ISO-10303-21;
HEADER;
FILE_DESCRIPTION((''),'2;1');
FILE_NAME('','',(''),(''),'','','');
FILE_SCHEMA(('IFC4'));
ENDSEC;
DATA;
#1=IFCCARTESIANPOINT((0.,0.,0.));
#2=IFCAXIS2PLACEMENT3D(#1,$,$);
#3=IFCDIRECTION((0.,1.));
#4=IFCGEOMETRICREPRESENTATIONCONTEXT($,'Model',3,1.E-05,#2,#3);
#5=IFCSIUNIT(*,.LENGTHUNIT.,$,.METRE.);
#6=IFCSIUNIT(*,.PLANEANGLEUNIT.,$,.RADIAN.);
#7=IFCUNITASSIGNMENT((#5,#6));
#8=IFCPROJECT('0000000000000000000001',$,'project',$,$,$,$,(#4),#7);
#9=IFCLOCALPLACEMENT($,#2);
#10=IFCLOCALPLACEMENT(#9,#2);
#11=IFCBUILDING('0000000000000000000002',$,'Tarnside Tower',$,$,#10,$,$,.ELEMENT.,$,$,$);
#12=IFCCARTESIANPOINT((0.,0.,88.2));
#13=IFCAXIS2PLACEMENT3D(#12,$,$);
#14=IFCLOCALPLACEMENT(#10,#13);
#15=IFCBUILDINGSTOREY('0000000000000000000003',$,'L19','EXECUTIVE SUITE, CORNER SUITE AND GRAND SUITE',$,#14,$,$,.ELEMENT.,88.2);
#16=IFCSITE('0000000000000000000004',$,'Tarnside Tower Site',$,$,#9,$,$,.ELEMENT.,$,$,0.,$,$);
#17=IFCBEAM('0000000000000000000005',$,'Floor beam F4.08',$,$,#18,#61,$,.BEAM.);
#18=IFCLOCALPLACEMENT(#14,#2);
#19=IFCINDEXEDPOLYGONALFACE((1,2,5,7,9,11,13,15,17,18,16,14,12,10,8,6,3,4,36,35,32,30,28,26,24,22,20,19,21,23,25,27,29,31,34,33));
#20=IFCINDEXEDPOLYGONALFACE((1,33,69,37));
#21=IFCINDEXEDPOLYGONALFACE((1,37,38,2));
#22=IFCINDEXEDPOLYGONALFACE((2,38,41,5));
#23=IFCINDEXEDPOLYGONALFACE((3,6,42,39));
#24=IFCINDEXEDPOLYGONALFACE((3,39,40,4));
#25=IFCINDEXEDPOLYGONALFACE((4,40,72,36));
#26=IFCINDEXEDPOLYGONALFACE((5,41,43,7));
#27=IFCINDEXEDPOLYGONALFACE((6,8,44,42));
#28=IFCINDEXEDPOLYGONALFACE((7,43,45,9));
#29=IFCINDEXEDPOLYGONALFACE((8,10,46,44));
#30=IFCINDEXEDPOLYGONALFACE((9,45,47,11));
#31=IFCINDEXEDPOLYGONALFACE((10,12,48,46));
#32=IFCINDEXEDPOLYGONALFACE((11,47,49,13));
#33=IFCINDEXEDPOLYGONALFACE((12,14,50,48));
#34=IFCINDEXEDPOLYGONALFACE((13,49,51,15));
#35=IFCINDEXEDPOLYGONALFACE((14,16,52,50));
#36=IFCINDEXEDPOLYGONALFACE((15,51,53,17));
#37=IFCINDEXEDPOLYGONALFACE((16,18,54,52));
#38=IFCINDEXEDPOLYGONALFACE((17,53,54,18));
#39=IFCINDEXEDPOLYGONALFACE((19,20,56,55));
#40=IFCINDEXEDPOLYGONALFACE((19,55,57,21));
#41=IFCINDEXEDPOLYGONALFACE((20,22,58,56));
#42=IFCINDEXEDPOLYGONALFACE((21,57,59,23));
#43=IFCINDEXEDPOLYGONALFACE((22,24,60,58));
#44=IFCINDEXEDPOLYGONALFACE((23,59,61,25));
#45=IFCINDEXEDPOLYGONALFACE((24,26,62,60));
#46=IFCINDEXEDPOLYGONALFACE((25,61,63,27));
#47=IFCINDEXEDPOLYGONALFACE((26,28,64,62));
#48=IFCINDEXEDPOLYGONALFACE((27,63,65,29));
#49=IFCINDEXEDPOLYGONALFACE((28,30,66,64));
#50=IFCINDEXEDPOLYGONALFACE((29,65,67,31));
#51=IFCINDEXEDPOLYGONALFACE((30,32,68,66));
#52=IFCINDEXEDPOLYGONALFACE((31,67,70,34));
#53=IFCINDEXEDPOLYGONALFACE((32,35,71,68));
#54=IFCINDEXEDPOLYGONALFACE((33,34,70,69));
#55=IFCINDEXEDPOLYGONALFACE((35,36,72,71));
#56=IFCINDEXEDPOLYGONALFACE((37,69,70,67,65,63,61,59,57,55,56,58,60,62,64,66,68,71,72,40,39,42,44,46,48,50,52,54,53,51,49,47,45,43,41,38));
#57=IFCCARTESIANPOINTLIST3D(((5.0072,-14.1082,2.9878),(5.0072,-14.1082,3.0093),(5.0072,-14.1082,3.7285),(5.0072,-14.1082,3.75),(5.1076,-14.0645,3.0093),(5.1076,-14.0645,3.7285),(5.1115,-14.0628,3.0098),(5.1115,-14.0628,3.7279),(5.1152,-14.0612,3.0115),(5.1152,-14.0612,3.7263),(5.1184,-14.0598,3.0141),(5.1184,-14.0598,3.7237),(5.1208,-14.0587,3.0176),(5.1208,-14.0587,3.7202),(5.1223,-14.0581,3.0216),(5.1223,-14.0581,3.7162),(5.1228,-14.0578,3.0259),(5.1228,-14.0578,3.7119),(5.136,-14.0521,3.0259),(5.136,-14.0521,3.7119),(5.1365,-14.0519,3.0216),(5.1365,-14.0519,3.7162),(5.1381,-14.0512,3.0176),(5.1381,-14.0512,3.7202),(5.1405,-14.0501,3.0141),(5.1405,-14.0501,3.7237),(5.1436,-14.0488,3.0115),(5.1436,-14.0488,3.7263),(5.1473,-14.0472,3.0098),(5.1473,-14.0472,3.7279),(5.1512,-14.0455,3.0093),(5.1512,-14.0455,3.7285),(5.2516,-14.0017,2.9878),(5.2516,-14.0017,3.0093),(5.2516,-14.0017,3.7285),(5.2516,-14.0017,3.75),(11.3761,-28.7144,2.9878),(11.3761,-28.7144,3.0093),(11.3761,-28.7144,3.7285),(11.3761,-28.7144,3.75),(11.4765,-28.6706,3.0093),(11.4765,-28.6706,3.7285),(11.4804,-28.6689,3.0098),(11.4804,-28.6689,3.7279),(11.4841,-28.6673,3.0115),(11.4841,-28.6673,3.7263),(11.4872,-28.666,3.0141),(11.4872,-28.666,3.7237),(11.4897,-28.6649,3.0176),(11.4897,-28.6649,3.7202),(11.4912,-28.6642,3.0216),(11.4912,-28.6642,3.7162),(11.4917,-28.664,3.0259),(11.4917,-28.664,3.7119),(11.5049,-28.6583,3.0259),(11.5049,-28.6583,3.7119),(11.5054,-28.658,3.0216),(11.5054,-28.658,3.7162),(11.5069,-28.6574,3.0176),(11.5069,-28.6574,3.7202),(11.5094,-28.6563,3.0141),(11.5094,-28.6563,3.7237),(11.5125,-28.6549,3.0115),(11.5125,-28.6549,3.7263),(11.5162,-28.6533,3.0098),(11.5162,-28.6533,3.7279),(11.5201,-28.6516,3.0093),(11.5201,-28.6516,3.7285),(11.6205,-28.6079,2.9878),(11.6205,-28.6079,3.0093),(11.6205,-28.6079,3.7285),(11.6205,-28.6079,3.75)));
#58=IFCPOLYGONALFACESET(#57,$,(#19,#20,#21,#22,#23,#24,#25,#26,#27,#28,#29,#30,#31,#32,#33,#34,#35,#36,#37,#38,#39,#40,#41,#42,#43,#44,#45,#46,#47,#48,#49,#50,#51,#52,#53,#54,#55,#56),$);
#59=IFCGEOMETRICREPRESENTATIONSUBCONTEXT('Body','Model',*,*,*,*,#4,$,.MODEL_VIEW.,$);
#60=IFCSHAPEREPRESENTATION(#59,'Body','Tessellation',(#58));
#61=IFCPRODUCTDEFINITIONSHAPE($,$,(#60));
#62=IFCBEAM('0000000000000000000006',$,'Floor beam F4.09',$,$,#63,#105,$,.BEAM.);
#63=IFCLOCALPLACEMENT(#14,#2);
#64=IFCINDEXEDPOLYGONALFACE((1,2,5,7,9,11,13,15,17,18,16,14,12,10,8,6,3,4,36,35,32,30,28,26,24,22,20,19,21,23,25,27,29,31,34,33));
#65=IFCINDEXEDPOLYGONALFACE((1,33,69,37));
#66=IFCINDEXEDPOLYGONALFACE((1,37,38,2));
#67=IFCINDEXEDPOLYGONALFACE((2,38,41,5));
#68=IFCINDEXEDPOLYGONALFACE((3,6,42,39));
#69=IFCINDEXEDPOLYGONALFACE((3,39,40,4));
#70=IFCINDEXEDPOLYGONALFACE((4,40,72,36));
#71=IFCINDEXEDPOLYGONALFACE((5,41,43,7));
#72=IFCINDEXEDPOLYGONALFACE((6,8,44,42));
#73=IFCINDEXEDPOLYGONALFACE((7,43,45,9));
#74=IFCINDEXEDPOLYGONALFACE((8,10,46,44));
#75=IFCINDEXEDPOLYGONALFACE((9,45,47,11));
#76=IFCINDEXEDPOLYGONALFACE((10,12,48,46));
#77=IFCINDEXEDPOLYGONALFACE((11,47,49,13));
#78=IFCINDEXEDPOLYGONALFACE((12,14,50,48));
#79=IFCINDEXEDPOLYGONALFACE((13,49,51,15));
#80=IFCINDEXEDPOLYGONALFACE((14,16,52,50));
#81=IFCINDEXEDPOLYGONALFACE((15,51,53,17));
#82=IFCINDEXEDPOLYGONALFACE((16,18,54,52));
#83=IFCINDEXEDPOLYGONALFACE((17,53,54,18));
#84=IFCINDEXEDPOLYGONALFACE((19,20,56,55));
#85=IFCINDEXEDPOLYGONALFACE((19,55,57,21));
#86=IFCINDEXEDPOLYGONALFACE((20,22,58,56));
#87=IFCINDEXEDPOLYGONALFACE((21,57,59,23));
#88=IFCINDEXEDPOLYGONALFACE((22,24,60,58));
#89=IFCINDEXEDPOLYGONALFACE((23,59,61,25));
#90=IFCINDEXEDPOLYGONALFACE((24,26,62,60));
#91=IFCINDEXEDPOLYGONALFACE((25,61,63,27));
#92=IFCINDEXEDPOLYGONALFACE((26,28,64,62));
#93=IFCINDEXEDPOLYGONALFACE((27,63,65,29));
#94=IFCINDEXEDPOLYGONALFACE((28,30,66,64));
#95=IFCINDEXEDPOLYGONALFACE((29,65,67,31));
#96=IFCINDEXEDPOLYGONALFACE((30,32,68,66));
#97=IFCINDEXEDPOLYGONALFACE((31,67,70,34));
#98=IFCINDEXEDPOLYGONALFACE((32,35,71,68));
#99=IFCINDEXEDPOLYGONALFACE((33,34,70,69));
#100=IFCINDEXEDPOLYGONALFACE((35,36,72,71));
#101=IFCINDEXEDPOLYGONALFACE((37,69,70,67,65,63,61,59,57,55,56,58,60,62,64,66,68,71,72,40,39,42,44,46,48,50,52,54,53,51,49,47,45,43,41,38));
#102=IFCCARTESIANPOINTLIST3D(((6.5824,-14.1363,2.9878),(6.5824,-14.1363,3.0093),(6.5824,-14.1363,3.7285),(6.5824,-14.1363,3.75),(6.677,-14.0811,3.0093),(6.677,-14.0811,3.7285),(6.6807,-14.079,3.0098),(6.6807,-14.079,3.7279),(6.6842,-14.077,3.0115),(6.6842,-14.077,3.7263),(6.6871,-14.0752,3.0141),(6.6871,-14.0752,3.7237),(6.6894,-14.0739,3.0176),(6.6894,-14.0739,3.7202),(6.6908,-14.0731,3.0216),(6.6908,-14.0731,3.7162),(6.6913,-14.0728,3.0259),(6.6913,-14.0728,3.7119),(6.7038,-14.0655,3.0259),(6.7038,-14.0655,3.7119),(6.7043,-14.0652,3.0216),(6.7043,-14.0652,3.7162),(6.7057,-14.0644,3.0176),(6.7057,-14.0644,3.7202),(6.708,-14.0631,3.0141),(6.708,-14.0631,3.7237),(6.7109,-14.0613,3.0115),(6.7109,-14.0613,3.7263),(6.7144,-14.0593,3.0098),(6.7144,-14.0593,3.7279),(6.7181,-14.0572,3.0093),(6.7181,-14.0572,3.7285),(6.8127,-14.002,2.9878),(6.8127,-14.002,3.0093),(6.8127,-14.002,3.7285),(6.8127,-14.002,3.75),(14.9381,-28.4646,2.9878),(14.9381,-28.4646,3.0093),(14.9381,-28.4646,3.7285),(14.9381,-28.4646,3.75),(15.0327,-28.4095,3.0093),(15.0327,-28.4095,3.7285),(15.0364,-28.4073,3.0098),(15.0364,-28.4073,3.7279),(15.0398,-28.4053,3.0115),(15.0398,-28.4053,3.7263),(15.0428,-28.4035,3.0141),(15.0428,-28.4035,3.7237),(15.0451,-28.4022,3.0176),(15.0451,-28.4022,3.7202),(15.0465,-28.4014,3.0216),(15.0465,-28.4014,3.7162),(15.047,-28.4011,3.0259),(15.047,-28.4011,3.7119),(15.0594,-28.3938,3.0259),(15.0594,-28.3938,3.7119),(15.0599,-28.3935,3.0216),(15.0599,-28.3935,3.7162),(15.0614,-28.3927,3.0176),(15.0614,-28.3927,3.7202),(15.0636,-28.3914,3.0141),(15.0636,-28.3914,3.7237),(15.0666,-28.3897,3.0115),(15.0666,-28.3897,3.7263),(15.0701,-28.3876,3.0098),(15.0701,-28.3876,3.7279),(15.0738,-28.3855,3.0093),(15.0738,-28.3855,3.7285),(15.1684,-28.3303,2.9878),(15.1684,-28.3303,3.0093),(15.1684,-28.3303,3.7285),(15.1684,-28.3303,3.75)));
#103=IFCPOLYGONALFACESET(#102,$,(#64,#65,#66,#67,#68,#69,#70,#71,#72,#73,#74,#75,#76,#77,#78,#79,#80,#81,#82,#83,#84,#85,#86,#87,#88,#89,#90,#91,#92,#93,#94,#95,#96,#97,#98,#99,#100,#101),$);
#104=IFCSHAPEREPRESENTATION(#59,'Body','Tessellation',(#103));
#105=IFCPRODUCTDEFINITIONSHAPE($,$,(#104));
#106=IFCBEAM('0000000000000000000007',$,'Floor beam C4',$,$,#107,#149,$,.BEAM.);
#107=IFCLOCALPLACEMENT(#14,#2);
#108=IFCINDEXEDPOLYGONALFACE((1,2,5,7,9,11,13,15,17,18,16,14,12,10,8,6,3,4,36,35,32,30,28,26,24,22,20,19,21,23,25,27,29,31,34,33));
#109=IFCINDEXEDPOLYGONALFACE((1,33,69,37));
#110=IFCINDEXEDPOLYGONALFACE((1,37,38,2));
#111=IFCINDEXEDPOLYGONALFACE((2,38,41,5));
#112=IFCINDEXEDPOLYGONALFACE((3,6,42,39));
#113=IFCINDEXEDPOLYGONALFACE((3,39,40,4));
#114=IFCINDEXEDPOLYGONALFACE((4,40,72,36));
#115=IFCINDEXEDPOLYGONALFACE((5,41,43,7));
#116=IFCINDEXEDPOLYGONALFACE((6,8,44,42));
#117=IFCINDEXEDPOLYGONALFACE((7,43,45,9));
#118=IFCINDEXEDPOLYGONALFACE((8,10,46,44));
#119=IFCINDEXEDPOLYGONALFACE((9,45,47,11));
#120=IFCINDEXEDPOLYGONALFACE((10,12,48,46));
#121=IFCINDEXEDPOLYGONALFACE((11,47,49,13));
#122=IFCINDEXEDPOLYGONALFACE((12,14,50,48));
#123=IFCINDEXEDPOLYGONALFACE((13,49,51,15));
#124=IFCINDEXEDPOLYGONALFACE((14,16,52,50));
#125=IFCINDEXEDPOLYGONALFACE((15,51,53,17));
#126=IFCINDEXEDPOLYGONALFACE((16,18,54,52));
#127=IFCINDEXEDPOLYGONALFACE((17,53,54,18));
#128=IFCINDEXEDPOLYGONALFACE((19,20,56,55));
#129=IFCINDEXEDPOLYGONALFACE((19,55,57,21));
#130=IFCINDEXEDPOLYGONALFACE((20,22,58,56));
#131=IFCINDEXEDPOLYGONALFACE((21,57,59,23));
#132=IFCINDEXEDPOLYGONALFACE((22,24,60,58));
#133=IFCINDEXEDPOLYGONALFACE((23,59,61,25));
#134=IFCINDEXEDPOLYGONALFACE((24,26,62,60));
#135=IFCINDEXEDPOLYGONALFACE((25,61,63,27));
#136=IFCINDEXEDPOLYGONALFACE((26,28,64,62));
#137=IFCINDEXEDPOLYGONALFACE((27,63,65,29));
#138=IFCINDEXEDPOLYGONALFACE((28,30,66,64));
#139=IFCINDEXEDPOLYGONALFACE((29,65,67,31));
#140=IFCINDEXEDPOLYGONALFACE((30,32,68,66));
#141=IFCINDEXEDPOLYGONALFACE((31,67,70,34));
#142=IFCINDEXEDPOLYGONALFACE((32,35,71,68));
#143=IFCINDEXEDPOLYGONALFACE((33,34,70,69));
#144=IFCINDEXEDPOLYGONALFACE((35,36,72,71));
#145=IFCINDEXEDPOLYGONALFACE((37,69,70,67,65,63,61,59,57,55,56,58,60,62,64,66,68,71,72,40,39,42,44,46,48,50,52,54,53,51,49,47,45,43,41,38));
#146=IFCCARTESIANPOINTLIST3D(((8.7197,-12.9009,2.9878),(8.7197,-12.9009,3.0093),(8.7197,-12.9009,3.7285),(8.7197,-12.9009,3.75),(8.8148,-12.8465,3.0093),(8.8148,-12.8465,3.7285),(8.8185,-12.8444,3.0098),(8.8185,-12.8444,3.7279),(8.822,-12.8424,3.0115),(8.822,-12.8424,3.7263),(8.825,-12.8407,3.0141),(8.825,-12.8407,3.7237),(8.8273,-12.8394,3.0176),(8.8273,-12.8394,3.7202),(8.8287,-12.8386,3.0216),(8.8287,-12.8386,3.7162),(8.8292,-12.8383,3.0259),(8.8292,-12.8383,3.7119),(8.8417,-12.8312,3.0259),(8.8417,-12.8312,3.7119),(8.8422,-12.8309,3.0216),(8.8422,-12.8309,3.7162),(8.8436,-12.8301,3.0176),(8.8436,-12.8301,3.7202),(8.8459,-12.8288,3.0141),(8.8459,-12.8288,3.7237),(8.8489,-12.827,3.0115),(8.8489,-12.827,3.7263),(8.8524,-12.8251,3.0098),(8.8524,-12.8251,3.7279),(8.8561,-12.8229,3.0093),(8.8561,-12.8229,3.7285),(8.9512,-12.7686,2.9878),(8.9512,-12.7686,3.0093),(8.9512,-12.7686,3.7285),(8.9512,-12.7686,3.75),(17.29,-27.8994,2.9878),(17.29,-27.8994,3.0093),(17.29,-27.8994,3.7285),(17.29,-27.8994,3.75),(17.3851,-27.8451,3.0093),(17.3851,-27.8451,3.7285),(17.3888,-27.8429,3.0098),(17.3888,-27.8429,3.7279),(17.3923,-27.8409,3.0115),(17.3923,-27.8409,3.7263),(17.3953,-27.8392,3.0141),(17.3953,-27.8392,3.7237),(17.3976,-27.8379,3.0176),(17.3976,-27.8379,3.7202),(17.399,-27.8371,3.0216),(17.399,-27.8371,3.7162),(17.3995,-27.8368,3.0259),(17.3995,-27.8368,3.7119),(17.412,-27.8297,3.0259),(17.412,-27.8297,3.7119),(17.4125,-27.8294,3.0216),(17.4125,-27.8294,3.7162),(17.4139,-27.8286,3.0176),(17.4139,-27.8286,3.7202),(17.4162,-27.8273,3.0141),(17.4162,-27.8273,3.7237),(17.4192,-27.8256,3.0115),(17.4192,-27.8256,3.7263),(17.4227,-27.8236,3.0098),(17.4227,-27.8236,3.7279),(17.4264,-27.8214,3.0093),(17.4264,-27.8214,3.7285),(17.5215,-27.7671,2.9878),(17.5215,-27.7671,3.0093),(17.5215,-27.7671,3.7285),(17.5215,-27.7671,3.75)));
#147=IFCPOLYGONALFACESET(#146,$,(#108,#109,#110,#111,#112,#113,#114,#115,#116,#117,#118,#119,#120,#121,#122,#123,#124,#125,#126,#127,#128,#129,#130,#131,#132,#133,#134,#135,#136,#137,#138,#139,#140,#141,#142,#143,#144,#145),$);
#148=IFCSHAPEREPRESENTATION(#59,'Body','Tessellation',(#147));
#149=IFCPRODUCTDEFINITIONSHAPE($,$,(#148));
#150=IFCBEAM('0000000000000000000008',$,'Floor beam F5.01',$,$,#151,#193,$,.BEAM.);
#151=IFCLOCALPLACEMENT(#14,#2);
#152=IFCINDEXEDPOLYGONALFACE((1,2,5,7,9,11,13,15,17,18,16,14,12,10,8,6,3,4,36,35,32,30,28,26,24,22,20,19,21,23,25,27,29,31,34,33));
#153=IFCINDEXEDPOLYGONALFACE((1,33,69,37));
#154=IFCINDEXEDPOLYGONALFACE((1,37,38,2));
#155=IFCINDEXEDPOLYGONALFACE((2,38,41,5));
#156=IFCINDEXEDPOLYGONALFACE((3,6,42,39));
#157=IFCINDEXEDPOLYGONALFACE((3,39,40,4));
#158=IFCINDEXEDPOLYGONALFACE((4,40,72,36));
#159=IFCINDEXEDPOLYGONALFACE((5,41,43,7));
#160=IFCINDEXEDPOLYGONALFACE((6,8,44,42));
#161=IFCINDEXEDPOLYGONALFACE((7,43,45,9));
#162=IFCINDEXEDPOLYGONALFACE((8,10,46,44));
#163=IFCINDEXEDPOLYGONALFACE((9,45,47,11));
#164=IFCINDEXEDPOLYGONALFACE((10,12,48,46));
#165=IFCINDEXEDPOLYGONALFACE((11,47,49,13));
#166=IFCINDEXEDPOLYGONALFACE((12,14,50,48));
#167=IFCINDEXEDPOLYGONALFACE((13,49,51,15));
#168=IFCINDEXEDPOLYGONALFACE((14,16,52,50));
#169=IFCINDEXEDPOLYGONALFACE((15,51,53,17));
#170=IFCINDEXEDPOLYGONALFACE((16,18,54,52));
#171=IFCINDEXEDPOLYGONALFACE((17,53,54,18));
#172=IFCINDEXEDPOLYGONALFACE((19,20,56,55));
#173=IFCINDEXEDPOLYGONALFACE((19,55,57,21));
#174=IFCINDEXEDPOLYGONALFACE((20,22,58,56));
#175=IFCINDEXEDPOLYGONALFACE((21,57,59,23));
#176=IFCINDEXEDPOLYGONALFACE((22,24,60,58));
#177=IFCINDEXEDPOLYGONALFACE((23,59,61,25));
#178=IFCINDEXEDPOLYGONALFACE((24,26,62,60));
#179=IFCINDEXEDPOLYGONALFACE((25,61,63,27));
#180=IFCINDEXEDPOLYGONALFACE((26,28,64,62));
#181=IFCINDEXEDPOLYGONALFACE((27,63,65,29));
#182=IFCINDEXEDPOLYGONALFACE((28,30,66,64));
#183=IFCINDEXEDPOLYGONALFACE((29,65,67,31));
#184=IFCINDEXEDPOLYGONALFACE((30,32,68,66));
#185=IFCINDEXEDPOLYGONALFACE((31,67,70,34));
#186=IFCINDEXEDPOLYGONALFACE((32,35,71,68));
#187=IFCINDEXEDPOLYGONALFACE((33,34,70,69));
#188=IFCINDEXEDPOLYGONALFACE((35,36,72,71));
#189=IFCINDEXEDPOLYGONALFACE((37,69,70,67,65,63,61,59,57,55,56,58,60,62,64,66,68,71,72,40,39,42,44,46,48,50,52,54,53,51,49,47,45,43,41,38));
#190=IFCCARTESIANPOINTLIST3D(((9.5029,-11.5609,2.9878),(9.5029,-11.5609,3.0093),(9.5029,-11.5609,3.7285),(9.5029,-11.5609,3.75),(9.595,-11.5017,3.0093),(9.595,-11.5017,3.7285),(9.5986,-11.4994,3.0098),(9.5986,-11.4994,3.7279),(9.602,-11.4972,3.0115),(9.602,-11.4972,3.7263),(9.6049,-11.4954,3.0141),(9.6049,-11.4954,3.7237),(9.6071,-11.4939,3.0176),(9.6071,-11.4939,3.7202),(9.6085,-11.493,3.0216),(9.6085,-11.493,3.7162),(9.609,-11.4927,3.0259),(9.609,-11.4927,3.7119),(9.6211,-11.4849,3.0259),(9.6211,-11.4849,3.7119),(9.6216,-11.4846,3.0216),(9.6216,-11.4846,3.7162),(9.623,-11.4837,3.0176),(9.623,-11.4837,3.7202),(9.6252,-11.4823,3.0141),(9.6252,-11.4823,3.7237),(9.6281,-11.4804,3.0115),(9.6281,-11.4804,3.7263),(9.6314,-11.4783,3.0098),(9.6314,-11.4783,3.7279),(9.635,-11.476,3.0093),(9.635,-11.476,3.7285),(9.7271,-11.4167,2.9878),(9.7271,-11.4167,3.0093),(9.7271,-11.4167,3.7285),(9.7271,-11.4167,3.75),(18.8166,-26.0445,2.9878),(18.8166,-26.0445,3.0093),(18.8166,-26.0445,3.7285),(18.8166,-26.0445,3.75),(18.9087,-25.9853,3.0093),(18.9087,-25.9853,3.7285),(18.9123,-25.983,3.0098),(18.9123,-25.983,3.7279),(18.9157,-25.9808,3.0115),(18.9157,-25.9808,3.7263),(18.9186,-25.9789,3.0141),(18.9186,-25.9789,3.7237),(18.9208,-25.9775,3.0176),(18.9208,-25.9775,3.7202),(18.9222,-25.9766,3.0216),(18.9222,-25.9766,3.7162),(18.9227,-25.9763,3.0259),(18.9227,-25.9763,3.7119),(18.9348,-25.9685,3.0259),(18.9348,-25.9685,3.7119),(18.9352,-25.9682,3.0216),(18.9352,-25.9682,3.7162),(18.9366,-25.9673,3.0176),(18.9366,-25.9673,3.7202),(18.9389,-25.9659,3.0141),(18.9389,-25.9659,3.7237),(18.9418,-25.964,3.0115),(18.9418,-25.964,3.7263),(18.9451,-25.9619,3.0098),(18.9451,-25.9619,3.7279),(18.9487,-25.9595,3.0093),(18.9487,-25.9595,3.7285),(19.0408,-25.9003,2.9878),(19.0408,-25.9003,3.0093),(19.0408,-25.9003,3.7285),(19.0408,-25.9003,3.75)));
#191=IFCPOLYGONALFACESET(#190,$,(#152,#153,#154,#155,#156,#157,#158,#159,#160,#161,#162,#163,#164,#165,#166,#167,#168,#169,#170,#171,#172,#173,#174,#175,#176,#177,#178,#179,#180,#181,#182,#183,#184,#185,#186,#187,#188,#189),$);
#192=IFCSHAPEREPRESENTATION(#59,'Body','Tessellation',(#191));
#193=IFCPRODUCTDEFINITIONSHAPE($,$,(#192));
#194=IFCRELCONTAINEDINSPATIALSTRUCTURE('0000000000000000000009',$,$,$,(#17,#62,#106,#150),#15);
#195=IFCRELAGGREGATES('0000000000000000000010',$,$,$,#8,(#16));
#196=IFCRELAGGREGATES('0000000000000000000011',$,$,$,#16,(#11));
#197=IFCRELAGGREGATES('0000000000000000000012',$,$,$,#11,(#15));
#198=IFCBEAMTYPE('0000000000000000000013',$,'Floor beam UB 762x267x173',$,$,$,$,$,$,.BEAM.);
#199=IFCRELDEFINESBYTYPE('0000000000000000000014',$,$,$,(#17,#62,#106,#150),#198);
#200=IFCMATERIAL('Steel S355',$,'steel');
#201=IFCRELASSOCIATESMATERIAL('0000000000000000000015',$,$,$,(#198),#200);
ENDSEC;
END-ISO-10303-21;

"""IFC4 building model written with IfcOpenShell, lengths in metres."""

from ifc_helpers import new_model, si_unit, direction, frame, origin, origin_2d, place, context, subcontext, project, spatial, i_section, extrude, material, material_profile, profile_set, type_object, element, save


model = new_model("IFC4")

# Units and contexts
model_context = context("Model", 3, precision=1e-05, world=origin(), true_north=direction((0.0, 1.0)))
body_context = subcontext(model_context, "Body", "Model", "MODEL_VIEW")
ifc_project = project(units=[si_unit("LENGTHUNIT", "METRE"), si_unit("PLANEANGLEUNIT", "RADIAN")], contexts=[model_context])

# Site, building, storey
site_placement = place(None, origin())
site = spatial("IfcSite", under=ifc_project, at=site_placement, Name="Tarnside Tower Site", CompositionType="ELEMENT", RefElevation=0.0)
building_placement = place(site_placement, origin())
building = spatial("IfcBuilding", under=site, at=building_placement, Name="Tarnside Tower", CompositionType="ELEMENT")
storey_placement = place(building_placement, frame((0.0, 0.0, 88.2)))
storey = spatial("IfcBuildingStorey", under=building, at=storey_placement, Name="L19", Description="EXECUTIVE SUITE, CORNER SUITE AND GRAND SUITE", CompositionType="ELEMENT", Elevation=88.2)

# Beams
ifc_material_1 = material(Name="Steel S355", Category="steel")
ifc_material_profile = material_profile(ifc_material_1, i_section(OverallWidth=0.2666, OverallDepth=0.7622, WebThickness=0.0144, FlangeThickness=0.0215, FilletRadius=0.0166, at=origin_2d()), Name="UB 762x267x173")
ifc_profile_set = profile_set([ifc_material_profile], Name="Steel S355")
beam_type = type_object("IfcBeamType", Name="Floor beam UB 762x267x173", PredefinedType="BEAM", material=ifc_profile_set)
beam_1_placement = place(storey_placement, frame((11.4983, -28.6611, 3.3689), z_axis=(-0.399696, 0.916648, 0.0), x_axis=(-0.916648, -0.399696, 0.0)))
element("IfcBeam", 1, at=beam_1_placement, inside=storey, type_object=beam_type, Name="Floor beam F4.08", PredefinedType="BEAM", context=body_context, shape_type="SweptSolid", body=[
    extrude(i_section(OverallWidth=0.2666, OverallDepth=0.7622, WebThickness=0.0144, FlangeThickness=0.0215, FilletRadius=0.0166, at=origin_2d()), origin(), (0.0, 0.0, 1.0), 15.9343),
])
beam_2_placement = place(storey_placement, frame((15.0532, -28.3975, 3.3689), z_axis=(-0.503758, 0.863845, 0.0), x_axis=(-0.863845, -0.503758, 0.0)))
element("IfcBeam", 2, at=beam_2_placement, inside=storey, type_object=beam_type, Name="Floor beam F4.09", PredefinedType="BEAM", context=body_context, shape_type="SweptSolid", body=[
    extrude(i_section(OverallWidth=0.2666, OverallDepth=0.7622, WebThickness=0.0144, FlangeThickness=0.0215, FilletRadius=0.0166, at=origin_2d()), origin(), (0.0, 0.0, 1.0), 16.5867),
])
beam_3_placement = place(storey_placement, frame((17.4058, -27.8333, 3.3689), z_axis=(-0.496127, 0.86825, 0.0), x_axis=(-0.86825, -0.496127, 0.0)))
element("IfcBeam", 3, at=beam_3_placement, inside=storey, type_object=beam_type, Name="Floor beam C4", PredefinedType="BEAM", context=body_context, shape_type="SweptSolid", body=[
    extrude(i_section(OverallWidth=0.2666, OverallDepth=0.7622, WebThickness=0.0144, FlangeThickness=0.0215, FilletRadius=0.0166, at=origin_2d()), origin(), (0.0, 0.0, 1.0), 17.2744),
])
beam_4_placement = place(storey_placement, frame((18.9287, -25.9724, 3.3689), z_axis=(-0.540873, 0.841104, 0.0), x_axis=(-0.841104, -0.540873, 0.0)))
element("IfcBeam", 4, at=beam_4_placement, inside=storey, type_object=beam_type, Name="Floor beam F5.01", PredefinedType="BEAM", context=body_context, shape_type="SweptSolid", body=[
    extrude(i_section(OverallWidth=0.2666, OverallDepth=0.7622, WebThickness=0.0144, FlangeThickness=0.0215, FilletRadius=0.0166, at=origin_2d()), origin(), (0.0, 0.0, 1.0), 17.2197),
])

save(model, "model.ifc")
